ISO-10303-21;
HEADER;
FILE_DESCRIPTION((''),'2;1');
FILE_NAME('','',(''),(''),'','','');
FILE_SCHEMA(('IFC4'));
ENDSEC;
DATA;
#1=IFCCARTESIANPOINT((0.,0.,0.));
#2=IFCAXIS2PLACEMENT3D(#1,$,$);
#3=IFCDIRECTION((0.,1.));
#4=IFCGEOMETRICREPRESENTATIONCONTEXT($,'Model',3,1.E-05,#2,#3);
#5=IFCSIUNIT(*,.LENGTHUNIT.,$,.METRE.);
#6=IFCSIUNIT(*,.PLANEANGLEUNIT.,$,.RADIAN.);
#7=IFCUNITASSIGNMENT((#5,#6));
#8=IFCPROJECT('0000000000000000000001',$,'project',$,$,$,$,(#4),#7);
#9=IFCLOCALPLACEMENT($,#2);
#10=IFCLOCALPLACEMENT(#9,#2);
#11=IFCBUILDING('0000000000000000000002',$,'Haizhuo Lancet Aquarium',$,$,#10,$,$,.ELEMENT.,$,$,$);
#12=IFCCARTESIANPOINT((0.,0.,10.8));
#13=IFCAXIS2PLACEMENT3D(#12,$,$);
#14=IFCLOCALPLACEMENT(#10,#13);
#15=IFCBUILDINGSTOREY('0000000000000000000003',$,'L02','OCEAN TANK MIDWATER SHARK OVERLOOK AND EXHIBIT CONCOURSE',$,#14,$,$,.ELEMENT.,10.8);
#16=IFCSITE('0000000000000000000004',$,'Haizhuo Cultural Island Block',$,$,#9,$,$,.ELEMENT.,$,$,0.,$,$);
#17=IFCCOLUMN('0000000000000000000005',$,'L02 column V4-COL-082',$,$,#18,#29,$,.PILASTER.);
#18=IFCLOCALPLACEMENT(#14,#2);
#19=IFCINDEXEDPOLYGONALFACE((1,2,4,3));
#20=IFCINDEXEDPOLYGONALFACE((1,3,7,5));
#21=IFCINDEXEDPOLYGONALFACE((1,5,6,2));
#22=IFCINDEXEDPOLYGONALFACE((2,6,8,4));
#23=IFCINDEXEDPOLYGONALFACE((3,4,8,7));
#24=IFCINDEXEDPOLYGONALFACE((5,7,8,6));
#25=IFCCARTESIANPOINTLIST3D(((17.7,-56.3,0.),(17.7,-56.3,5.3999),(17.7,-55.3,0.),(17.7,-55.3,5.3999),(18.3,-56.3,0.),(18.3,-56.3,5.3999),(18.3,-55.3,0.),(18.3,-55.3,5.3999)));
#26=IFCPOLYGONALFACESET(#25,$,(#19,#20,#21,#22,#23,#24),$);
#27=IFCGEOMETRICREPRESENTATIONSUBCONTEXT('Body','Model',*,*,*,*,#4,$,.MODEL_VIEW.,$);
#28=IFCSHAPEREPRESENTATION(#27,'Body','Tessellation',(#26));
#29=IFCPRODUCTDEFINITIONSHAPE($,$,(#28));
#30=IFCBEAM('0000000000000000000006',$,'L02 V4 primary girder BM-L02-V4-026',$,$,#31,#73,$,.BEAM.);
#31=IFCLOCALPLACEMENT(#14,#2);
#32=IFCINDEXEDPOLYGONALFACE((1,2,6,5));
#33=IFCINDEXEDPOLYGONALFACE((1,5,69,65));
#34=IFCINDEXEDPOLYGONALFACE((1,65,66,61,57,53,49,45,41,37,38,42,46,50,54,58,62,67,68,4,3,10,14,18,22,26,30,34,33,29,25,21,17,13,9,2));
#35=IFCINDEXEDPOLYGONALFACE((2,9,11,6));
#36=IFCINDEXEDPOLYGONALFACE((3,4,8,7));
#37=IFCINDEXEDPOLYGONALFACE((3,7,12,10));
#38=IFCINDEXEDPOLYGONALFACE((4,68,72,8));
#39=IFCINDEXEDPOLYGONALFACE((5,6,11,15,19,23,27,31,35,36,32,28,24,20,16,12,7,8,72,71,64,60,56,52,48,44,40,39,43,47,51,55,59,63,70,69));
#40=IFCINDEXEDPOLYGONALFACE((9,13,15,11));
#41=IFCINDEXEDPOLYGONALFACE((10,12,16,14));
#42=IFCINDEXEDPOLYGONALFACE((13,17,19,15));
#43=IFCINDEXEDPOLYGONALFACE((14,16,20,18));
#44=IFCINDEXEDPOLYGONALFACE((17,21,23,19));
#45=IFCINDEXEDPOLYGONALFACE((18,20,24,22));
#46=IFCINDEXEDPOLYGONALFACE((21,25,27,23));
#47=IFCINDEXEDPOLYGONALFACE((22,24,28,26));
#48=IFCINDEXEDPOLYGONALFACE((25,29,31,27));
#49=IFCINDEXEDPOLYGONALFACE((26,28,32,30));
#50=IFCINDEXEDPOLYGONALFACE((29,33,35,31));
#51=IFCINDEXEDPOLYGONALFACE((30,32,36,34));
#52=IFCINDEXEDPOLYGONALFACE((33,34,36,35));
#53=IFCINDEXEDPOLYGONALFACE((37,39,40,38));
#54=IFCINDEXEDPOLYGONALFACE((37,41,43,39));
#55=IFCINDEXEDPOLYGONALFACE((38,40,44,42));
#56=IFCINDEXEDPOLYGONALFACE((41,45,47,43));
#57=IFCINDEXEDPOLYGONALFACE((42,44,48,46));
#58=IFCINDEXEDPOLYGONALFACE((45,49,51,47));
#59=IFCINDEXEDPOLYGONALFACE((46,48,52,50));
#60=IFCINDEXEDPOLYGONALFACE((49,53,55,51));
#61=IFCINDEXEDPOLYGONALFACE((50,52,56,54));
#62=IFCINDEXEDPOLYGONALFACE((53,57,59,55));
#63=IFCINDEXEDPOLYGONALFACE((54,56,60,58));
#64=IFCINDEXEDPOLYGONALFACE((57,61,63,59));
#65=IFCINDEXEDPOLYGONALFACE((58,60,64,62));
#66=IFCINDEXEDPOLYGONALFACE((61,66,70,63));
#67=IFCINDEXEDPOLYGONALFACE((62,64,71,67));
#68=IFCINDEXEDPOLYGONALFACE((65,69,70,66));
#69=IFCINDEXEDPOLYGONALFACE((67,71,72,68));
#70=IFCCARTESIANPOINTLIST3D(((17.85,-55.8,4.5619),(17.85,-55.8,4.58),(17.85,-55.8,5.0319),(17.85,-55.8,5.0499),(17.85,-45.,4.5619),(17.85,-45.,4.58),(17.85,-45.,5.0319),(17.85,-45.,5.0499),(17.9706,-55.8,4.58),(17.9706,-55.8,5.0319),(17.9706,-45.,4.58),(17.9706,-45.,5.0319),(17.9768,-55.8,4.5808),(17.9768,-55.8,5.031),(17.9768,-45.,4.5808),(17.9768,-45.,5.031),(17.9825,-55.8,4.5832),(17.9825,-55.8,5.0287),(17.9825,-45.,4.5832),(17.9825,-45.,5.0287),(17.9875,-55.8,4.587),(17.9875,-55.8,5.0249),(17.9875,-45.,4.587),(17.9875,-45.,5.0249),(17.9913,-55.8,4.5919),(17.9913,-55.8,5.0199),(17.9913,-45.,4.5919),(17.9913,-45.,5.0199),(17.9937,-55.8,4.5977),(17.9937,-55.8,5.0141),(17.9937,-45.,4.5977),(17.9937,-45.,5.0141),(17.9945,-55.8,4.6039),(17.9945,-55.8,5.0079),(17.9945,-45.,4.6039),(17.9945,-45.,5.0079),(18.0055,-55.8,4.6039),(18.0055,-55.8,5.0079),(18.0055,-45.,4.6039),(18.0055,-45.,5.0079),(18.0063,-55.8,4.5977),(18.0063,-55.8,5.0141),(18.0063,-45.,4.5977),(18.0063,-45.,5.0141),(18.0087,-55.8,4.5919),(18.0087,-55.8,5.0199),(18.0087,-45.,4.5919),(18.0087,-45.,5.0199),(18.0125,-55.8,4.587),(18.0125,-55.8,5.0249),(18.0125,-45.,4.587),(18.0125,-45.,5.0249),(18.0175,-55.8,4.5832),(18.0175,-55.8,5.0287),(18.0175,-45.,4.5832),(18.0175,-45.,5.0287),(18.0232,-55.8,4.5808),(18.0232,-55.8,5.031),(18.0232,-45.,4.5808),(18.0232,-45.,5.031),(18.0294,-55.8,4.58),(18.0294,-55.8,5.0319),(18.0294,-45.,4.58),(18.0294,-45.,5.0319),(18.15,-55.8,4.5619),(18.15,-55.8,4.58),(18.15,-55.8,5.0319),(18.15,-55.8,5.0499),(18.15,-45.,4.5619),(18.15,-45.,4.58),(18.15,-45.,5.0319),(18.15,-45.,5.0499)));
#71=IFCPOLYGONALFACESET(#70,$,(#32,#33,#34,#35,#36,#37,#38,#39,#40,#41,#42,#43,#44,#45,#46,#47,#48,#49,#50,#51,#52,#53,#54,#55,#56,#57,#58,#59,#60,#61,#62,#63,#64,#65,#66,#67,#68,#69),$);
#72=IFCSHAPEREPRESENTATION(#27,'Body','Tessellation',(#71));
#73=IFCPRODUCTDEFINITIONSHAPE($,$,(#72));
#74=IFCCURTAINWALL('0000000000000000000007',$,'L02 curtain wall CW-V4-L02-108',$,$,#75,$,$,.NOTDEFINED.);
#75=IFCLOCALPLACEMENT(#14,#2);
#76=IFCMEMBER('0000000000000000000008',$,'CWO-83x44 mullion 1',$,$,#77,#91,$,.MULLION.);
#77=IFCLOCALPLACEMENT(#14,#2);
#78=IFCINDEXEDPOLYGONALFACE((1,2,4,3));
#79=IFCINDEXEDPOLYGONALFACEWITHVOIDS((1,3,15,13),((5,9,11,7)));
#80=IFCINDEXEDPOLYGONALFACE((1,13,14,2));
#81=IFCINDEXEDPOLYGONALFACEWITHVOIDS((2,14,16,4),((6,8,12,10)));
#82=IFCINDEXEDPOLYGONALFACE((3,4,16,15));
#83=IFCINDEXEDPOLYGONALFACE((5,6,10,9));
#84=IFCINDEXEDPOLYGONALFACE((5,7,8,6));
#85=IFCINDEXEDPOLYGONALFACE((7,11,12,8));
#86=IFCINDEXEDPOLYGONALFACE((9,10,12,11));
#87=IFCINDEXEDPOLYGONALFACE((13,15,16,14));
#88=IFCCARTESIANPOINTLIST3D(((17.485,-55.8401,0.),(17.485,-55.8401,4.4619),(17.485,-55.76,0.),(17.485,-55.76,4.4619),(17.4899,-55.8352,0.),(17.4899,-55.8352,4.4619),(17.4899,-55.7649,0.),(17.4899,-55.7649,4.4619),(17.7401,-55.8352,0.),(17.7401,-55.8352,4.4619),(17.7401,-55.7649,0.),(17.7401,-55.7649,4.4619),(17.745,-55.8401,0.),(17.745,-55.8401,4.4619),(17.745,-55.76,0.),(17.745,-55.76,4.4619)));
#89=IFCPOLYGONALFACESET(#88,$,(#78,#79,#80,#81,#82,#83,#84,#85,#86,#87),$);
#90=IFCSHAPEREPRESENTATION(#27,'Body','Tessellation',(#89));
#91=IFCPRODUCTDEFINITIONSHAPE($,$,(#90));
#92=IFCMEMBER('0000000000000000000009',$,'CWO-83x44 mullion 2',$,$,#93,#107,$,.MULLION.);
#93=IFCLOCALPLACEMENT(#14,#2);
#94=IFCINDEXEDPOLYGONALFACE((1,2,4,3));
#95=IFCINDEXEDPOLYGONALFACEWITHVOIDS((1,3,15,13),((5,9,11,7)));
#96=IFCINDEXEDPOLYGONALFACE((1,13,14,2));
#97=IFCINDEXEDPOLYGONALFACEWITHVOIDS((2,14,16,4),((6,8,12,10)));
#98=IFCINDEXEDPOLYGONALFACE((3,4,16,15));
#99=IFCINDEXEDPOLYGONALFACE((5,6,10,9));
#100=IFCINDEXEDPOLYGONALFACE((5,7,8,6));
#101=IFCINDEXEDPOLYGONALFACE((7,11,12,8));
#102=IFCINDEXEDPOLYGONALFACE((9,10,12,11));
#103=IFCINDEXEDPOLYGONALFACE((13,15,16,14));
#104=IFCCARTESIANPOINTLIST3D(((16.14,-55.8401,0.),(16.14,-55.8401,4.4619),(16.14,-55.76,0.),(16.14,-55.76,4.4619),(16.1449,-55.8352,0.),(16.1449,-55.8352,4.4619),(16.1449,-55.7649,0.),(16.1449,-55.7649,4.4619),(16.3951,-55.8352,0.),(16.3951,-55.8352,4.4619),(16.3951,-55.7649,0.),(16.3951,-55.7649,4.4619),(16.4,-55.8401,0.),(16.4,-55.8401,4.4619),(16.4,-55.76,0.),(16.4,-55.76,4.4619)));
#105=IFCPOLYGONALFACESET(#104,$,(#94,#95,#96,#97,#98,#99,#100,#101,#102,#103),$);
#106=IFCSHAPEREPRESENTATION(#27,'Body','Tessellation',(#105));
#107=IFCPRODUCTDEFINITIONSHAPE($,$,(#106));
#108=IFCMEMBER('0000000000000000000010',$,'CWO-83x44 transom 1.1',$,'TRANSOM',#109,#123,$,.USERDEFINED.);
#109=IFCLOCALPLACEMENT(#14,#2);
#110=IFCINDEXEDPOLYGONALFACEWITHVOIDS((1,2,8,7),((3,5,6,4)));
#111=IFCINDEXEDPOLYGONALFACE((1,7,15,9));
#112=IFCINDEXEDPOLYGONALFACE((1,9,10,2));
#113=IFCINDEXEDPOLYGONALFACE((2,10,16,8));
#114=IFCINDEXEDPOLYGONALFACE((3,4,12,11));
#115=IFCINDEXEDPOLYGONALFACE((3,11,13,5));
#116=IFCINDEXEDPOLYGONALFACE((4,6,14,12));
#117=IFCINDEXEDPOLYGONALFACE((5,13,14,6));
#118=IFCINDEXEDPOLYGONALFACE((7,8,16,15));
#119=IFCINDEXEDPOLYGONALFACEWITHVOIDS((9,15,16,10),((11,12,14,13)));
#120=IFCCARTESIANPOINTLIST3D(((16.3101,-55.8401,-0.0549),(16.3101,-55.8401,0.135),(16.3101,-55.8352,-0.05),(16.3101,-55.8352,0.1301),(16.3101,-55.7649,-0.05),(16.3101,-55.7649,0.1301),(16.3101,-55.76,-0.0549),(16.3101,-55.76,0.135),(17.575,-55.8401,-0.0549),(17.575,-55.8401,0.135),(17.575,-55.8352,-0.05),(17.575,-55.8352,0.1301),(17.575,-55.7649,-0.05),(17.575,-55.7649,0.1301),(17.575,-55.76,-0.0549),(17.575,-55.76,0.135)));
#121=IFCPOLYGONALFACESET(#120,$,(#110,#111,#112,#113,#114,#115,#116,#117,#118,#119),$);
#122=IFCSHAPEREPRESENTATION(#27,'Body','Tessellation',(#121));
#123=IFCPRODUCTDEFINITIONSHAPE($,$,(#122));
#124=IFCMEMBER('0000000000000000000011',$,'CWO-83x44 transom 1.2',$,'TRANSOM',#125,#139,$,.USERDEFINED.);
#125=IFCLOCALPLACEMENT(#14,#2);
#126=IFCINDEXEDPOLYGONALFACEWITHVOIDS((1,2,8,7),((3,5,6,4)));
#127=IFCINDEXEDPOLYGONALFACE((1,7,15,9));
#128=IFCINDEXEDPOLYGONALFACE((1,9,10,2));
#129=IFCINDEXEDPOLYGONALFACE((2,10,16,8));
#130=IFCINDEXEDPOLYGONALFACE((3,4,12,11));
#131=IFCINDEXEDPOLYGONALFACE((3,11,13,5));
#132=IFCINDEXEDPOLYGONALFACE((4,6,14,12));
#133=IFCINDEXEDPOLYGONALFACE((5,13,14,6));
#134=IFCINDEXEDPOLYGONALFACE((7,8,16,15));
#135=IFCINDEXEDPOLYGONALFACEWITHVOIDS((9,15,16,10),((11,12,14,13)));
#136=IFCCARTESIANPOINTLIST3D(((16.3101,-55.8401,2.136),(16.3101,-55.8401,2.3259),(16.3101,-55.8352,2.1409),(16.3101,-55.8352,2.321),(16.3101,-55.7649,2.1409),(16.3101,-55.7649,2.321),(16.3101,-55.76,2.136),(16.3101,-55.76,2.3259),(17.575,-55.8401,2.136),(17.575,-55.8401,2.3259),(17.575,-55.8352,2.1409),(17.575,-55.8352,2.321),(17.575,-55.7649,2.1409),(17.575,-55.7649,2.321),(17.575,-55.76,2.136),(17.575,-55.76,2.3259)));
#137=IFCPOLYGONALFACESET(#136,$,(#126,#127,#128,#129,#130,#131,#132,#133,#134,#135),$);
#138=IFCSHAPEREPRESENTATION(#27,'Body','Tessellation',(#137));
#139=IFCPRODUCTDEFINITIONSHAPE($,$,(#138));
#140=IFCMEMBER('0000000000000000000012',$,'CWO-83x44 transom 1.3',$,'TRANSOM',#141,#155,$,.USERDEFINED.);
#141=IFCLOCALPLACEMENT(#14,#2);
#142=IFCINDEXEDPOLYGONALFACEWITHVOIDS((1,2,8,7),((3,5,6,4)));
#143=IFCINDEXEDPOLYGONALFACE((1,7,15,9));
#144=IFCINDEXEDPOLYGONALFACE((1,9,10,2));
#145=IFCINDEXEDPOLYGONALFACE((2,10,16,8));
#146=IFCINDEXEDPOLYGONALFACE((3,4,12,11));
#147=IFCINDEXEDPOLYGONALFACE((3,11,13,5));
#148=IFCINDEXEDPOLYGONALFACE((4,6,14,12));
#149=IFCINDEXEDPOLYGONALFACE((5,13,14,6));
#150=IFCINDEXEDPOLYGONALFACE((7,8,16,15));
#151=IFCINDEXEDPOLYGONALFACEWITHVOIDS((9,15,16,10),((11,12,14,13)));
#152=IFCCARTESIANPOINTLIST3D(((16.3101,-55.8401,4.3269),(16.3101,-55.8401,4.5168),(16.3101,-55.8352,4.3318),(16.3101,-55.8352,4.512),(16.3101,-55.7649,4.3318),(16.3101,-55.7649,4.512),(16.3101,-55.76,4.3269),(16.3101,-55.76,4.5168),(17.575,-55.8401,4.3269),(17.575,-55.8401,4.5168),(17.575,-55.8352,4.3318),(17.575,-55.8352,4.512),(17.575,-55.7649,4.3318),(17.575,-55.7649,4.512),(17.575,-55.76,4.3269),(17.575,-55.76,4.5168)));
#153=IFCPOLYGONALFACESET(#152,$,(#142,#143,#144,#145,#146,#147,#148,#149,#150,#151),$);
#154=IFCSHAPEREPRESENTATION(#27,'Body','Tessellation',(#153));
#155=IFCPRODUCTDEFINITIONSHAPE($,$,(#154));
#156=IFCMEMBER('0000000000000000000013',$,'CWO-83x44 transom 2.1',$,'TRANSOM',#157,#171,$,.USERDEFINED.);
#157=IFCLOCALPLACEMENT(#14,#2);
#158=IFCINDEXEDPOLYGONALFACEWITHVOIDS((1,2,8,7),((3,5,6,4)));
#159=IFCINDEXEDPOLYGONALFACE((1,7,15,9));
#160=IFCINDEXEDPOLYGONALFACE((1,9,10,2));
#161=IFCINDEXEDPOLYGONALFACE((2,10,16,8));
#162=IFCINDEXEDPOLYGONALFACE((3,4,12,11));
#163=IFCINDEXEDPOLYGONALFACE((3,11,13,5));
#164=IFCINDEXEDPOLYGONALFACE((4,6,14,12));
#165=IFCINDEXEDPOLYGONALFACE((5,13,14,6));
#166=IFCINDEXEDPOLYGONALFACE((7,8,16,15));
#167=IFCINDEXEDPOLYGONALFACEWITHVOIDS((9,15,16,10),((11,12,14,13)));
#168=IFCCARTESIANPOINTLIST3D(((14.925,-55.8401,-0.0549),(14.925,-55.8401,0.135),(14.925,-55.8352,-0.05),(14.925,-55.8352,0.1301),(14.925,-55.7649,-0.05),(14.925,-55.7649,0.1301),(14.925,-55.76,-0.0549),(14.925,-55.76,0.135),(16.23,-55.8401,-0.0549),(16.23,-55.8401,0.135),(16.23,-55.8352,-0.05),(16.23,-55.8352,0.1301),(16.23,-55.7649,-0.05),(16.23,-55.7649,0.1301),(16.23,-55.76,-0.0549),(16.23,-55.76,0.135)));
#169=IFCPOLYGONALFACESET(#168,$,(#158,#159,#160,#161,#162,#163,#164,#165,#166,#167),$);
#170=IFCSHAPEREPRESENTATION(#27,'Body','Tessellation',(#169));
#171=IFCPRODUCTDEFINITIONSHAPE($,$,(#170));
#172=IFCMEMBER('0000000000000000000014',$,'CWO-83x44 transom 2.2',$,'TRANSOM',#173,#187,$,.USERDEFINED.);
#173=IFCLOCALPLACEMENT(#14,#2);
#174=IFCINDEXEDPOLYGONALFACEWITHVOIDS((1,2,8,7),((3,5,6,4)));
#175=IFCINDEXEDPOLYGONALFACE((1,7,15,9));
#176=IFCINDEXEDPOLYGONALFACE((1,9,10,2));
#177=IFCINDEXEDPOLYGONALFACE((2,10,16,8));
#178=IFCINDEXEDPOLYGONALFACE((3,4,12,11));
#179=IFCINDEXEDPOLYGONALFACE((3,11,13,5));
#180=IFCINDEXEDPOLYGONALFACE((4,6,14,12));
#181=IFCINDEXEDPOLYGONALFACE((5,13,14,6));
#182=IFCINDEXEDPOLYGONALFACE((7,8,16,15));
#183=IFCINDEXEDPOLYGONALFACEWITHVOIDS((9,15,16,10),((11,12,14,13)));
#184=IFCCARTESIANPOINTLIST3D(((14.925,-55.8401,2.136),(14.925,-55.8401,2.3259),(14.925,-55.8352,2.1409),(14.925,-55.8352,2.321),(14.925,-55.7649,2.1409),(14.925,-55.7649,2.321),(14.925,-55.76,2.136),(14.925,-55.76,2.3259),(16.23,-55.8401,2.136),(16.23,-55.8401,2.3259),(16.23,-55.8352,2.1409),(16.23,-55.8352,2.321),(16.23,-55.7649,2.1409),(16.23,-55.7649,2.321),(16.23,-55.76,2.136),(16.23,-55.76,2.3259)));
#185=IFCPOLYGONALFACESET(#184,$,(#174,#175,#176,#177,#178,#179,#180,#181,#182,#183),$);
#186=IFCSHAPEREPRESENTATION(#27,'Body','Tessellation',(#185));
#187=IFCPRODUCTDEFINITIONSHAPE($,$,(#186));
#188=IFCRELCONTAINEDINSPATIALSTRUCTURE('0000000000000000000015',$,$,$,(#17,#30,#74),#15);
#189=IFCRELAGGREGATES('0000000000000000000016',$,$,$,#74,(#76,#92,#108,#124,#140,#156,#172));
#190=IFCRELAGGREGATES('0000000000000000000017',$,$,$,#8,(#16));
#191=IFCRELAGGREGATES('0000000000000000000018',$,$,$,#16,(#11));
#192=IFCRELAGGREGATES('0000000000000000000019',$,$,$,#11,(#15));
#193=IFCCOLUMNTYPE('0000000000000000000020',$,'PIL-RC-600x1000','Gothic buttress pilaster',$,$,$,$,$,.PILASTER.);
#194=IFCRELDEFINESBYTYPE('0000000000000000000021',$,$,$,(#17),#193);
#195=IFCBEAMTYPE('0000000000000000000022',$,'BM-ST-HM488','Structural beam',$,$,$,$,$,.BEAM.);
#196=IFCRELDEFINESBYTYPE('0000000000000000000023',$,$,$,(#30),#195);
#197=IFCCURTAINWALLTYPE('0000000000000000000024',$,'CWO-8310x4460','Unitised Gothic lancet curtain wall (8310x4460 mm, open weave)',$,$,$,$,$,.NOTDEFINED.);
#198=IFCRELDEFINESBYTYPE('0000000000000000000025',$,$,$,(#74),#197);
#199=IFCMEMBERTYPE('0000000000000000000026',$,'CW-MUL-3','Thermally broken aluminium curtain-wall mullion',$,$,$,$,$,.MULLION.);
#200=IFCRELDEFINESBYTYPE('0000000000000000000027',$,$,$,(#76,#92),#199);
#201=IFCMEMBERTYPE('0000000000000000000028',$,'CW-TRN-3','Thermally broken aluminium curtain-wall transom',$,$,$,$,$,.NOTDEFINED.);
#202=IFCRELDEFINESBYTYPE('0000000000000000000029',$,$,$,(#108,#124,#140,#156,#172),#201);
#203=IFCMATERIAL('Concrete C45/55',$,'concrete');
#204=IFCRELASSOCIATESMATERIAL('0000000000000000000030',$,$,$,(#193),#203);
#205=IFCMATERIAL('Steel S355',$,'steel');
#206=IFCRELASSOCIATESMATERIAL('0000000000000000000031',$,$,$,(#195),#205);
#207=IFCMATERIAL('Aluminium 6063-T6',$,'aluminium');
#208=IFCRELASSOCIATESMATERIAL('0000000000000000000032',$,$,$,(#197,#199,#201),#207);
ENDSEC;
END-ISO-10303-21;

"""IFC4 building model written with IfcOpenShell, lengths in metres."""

from ifc_helpers import new_model, si_unit, direction, frame, origin, origin_2d, place, context, subcontext, project, spatial, rectangle, hollow_rectangle, i_section, extrude, material, material_profile, profile_set, type_object, element, aggregate, save


model = new_model("IFC4")

# Units and contexts
model_context = context("Model", 3, precision=1e-05, world=origin(), true_north=direction((0.0, 1.0)))
body_context = subcontext(model_context, "Body", "Model", "MODEL_VIEW")
ifc_project = project(units=[si_unit("LENGTHUNIT", "METRE"), si_unit("PLANEANGLEUNIT", "RADIAN")], contexts=[model_context])

# Site, building, storey
site_placement = place(None, origin())
site = spatial("IfcSite", under=ifc_project, at=site_placement, Name="Haizhuo Cultural Island Block", CompositionType="ELEMENT", RefElevation=0.0)
building_placement = place(site_placement, origin())
building = spatial("IfcBuilding", under=site, at=building_placement, Name="Haizhuo Lancet Aquarium", CompositionType="ELEMENT")
storey_placement = place(building_placement, frame((0.0, 0.0, 10.8)))
storey = spatial("IfcBuildingStorey", under=building, at=storey_placement, Name="L02", Description="OCEAN TANK MIDWATER SHARK OVERLOOK AND EXHIBIT CONCOURSE", CompositionType="ELEMENT", Elevation=10.8)

# Column
ifc_material_1 = material(Name="Concrete C45/55", Category="concrete")
ifc_material_profile_1 = material_profile(ifc_material_1, rectangle(XDim=0.6001, YDim=1.0, at=origin_2d()), Name="RC-PIL 600x1000")
ifc_profile_set_1 = profile_set([ifc_material_profile_1], Name="Concrete C45/55")
column_type = type_object("IfcColumnType", Name="PIL-RC-600x1000", Description="Gothic buttress pilaster", PredefinedType="PILASTER", material=ifc_profile_set_1)
column_placement = place(storey_placement, frame((18.0, -55.8, 0.0), z_axis=(0.0, 0.0, 1.0), x_axis=(1.0, 0.0, 0.0)))
element("IfcColumn", 1, at=column_placement, inside=storey, type_object=column_type, Name="L02 column V4-COL-082", PredefinedType="PILASTER", context=body_context, shape_type="SweptSolid", body=[
    extrude(rectangle(XDim=0.6001, YDim=1.0, at=origin_2d()), origin(), (0.0, 0.0, 1.0), 5.3999),
])

# Beam
ifc_material_2 = material(Name="Steel S355", Category="steel")
ifc_material_profile_2 = material_profile(ifc_material_2, i_section(OverallWidth=0.3, OverallDepth=0.488, WebThickness=0.011, FlangeThickness=0.0181, FilletRadius=0.0239, at=origin_2d()), Name="HM 488x300x11x18")
ifc_profile_set_2 = profile_set([ifc_material_profile_2], Name="Steel S355")
beam_type = type_object("IfcBeamType", Name="BM-ST-HM488", Description="Structural beam", PredefinedType="BEAM", material=ifc_profile_set_2)
beam_placement = place(storey_placement, frame((18.0, -55.8, 4.8059), z_axis=(0.0, 1.0, 0.0), x_axis=(-1.0, 0.0, 0.0)))
element("IfcBeam", 2, at=beam_placement, inside=storey, type_object=beam_type, Name="L02 V4 primary girder BM-L02-V4-026", PredefinedType="BEAM", context=body_context, shape_type="SweptSolid", body=[
    extrude(i_section(OverallWidth=0.3, OverallDepth=0.488, WebThickness=0.011, FlangeThickness=0.0181, FilletRadius=0.0239, at=origin_2d()), origin(), (0.0, 0.0, 1.0), 10.8),
])

# Curtain wall, members
ifc_material_3 = material(Name="Aluminium 6063-T6", Category="aluminium")
curtain_wall_type = type_object("IfcCurtainWallType", Name="CWO-8310x4460", Description="Unitised Gothic lancet curtain wall (8310x4460 mm, open weave)", PredefinedType="NOTDEFINED", material=ifc_material_3)
curtain_wall_placement = place(storey_placement, origin())
curtain_wall = element("IfcCurtainWall", 3, at=curtain_wall_placement, inside=storey, type_object=curtain_wall_type, Name="L02 curtain wall CW-V4-L02-108", PredefinedType="NOTDEFINED")
ifc_material_profile_3 = material_profile(ifc_material_3, hollow_rectangle(XDim=0.0801, YDim=0.26, WallThickness=0.0049, at=origin_2d()), Name="ALU-M 80x260x5")
ifc_profile_set_3 = profile_set([ifc_material_profile_3], Name="Aluminium 6063-T6")
member_type_1 = type_object("IfcMemberType", Name="CW-MUL-3", Description="Thermally broken aluminium curtain-wall mullion", PredefinedType="MULLION", material=ifc_profile_set_3)
member_1_placement = place(storey_placement, frame((17.615, -55.8, 0.0), z_axis=(0.0, 0.0, 1.0), x_axis=(0.0, -1.0, 0.0)))
member_1 = element("IfcMember", 4, at=member_1_placement, type_object=member_type_1, Name="CWO-83x44 mullion 1", PredefinedType="MULLION", context=body_context, shape_type="SweptSolid", body=[
    extrude(hollow_rectangle(XDim=0.0801, YDim=0.26, WallThickness=0.0049, at=origin_2d()), origin(), (0.0, 0.0, 1.0), 4.4619),
])
member_2_placement = place(storey_placement, frame((16.27, -55.8, 0.0), z_axis=(0.0, 0.0, 1.0), x_axis=(0.0, -1.0, 0.0)))
member_2 = element("IfcMember", 5, at=member_2_placement, type_object=member_type_1, Name="CWO-83x44 mullion 2", PredefinedType="MULLION", context=body_context, shape_type="SweptSolid", body=[
    extrude(hollow_rectangle(XDim=0.0801, YDim=0.26, WallThickness=0.0049, at=origin_2d()), origin(), (0.0, 0.0, 1.0), 4.4619),
])
ifc_material_profile_4 = material_profile(ifc_material_3, hollow_rectangle(XDim=0.0801, YDim=0.1899, WallThickness=0.0049, at=origin_2d()), Name="ALU-T 80x190x5")
ifc_profile_set_4 = profile_set([ifc_material_profile_4], Name="Aluminium 6063-T6")
member_type_2 = type_object("IfcMemberType", Name="CW-TRN-3", Description="Thermally broken aluminium curtain-wall transom", PredefinedType="NOTDEFINED", material=ifc_profile_set_4)
member_3_placement = place(storey_placement, frame((17.575, -55.8, 0.04), z_axis=(-1.0, 0.0, 0.0), x_axis=(0.0, -1.0, 0.0)))
member_3 = element("IfcMember", 6, at=member_3_placement, type_object=member_type_2, Name="CWO-83x44 transom 1.1", ObjectType="TRANSOM", PredefinedType="USERDEFINED", context=body_context, shape_type="SweptSolid", body=[
    extrude(hollow_rectangle(XDim=0.0801, YDim=0.1899, WallThickness=0.0049, at=origin_2d()), origin(), (0.0, 0.0, 1.0), 1.2649),
])
member_4_placement = place(storey_placement, frame((17.575, -55.8, 2.231), z_axis=(-1.0, 0.0, 0.0), x_axis=(0.0, -1.0, 0.0)))
member_4 = element("IfcMember", 7, at=member_4_placement, type_object=member_type_2, Name="CWO-83x44 transom 1.2", ObjectType="TRANSOM", PredefinedType="USERDEFINED", context=body_context, shape_type="SweptSolid", body=[
    extrude(hollow_rectangle(XDim=0.0801, YDim=0.1899, WallThickness=0.0049, at=origin_2d()), origin(), (0.0, 0.0, 1.0), 1.2649),
])
member_5_placement = place(storey_placement, frame((17.575, -55.8, 4.4219), z_axis=(-1.0, 0.0, 0.0), x_axis=(0.0, -1.0, 0.0)))
member_5 = element("IfcMember", 8, at=member_5_placement, type_object=member_type_2, Name="CWO-83x44 transom 1.3", ObjectType="TRANSOM", PredefinedType="USERDEFINED", context=body_context, shape_type="SweptSolid", body=[
    extrude(hollow_rectangle(XDim=0.0801, YDim=0.1899, WallThickness=0.0049, at=origin_2d()), origin(), (0.0, 0.0, 1.0), 1.2649),
])
member_6_placement = place(storey_placement, frame((16.23, -55.8, 0.04), z_axis=(-1.0, 0.0, 0.0), x_axis=(0.0, -1.0, 0.0)))
member_6 = element("IfcMember", 9, at=member_6_placement, type_object=member_type_2, Name="CWO-83x44 transom 2.1", ObjectType="TRANSOM", PredefinedType="USERDEFINED", context=body_context, shape_type="SweptSolid", body=[
    extrude(hollow_rectangle(XDim=0.0801, YDim=0.1899, WallThickness=0.0049, at=origin_2d()), origin(), (0.0, 0.0, 1.0), 1.3049),
])
member_7_placement = place(storey_placement, frame((16.23, -55.8, 2.231), z_axis=(-1.0, 0.0, 0.0), x_axis=(0.0, -1.0, 0.0)))
member_7 = element("IfcMember", 10, at=member_7_placement, type_object=member_type_2, Name="CWO-83x44 transom 2.2", ObjectType="TRANSOM", PredefinedType="USERDEFINED", context=body_context, shape_type="SweptSolid", body=[
    extrude(hollow_rectangle(XDim=0.0801, YDim=0.1899, WallThickness=0.0049, at=origin_2d()), origin(), (0.0, 0.0, 1.0), 1.3049),
])

aggregate(curtain_wall, [member_1, member_2, member_3, member_4, member_5, member_6, member_7])

save(model, "model.ifc")
